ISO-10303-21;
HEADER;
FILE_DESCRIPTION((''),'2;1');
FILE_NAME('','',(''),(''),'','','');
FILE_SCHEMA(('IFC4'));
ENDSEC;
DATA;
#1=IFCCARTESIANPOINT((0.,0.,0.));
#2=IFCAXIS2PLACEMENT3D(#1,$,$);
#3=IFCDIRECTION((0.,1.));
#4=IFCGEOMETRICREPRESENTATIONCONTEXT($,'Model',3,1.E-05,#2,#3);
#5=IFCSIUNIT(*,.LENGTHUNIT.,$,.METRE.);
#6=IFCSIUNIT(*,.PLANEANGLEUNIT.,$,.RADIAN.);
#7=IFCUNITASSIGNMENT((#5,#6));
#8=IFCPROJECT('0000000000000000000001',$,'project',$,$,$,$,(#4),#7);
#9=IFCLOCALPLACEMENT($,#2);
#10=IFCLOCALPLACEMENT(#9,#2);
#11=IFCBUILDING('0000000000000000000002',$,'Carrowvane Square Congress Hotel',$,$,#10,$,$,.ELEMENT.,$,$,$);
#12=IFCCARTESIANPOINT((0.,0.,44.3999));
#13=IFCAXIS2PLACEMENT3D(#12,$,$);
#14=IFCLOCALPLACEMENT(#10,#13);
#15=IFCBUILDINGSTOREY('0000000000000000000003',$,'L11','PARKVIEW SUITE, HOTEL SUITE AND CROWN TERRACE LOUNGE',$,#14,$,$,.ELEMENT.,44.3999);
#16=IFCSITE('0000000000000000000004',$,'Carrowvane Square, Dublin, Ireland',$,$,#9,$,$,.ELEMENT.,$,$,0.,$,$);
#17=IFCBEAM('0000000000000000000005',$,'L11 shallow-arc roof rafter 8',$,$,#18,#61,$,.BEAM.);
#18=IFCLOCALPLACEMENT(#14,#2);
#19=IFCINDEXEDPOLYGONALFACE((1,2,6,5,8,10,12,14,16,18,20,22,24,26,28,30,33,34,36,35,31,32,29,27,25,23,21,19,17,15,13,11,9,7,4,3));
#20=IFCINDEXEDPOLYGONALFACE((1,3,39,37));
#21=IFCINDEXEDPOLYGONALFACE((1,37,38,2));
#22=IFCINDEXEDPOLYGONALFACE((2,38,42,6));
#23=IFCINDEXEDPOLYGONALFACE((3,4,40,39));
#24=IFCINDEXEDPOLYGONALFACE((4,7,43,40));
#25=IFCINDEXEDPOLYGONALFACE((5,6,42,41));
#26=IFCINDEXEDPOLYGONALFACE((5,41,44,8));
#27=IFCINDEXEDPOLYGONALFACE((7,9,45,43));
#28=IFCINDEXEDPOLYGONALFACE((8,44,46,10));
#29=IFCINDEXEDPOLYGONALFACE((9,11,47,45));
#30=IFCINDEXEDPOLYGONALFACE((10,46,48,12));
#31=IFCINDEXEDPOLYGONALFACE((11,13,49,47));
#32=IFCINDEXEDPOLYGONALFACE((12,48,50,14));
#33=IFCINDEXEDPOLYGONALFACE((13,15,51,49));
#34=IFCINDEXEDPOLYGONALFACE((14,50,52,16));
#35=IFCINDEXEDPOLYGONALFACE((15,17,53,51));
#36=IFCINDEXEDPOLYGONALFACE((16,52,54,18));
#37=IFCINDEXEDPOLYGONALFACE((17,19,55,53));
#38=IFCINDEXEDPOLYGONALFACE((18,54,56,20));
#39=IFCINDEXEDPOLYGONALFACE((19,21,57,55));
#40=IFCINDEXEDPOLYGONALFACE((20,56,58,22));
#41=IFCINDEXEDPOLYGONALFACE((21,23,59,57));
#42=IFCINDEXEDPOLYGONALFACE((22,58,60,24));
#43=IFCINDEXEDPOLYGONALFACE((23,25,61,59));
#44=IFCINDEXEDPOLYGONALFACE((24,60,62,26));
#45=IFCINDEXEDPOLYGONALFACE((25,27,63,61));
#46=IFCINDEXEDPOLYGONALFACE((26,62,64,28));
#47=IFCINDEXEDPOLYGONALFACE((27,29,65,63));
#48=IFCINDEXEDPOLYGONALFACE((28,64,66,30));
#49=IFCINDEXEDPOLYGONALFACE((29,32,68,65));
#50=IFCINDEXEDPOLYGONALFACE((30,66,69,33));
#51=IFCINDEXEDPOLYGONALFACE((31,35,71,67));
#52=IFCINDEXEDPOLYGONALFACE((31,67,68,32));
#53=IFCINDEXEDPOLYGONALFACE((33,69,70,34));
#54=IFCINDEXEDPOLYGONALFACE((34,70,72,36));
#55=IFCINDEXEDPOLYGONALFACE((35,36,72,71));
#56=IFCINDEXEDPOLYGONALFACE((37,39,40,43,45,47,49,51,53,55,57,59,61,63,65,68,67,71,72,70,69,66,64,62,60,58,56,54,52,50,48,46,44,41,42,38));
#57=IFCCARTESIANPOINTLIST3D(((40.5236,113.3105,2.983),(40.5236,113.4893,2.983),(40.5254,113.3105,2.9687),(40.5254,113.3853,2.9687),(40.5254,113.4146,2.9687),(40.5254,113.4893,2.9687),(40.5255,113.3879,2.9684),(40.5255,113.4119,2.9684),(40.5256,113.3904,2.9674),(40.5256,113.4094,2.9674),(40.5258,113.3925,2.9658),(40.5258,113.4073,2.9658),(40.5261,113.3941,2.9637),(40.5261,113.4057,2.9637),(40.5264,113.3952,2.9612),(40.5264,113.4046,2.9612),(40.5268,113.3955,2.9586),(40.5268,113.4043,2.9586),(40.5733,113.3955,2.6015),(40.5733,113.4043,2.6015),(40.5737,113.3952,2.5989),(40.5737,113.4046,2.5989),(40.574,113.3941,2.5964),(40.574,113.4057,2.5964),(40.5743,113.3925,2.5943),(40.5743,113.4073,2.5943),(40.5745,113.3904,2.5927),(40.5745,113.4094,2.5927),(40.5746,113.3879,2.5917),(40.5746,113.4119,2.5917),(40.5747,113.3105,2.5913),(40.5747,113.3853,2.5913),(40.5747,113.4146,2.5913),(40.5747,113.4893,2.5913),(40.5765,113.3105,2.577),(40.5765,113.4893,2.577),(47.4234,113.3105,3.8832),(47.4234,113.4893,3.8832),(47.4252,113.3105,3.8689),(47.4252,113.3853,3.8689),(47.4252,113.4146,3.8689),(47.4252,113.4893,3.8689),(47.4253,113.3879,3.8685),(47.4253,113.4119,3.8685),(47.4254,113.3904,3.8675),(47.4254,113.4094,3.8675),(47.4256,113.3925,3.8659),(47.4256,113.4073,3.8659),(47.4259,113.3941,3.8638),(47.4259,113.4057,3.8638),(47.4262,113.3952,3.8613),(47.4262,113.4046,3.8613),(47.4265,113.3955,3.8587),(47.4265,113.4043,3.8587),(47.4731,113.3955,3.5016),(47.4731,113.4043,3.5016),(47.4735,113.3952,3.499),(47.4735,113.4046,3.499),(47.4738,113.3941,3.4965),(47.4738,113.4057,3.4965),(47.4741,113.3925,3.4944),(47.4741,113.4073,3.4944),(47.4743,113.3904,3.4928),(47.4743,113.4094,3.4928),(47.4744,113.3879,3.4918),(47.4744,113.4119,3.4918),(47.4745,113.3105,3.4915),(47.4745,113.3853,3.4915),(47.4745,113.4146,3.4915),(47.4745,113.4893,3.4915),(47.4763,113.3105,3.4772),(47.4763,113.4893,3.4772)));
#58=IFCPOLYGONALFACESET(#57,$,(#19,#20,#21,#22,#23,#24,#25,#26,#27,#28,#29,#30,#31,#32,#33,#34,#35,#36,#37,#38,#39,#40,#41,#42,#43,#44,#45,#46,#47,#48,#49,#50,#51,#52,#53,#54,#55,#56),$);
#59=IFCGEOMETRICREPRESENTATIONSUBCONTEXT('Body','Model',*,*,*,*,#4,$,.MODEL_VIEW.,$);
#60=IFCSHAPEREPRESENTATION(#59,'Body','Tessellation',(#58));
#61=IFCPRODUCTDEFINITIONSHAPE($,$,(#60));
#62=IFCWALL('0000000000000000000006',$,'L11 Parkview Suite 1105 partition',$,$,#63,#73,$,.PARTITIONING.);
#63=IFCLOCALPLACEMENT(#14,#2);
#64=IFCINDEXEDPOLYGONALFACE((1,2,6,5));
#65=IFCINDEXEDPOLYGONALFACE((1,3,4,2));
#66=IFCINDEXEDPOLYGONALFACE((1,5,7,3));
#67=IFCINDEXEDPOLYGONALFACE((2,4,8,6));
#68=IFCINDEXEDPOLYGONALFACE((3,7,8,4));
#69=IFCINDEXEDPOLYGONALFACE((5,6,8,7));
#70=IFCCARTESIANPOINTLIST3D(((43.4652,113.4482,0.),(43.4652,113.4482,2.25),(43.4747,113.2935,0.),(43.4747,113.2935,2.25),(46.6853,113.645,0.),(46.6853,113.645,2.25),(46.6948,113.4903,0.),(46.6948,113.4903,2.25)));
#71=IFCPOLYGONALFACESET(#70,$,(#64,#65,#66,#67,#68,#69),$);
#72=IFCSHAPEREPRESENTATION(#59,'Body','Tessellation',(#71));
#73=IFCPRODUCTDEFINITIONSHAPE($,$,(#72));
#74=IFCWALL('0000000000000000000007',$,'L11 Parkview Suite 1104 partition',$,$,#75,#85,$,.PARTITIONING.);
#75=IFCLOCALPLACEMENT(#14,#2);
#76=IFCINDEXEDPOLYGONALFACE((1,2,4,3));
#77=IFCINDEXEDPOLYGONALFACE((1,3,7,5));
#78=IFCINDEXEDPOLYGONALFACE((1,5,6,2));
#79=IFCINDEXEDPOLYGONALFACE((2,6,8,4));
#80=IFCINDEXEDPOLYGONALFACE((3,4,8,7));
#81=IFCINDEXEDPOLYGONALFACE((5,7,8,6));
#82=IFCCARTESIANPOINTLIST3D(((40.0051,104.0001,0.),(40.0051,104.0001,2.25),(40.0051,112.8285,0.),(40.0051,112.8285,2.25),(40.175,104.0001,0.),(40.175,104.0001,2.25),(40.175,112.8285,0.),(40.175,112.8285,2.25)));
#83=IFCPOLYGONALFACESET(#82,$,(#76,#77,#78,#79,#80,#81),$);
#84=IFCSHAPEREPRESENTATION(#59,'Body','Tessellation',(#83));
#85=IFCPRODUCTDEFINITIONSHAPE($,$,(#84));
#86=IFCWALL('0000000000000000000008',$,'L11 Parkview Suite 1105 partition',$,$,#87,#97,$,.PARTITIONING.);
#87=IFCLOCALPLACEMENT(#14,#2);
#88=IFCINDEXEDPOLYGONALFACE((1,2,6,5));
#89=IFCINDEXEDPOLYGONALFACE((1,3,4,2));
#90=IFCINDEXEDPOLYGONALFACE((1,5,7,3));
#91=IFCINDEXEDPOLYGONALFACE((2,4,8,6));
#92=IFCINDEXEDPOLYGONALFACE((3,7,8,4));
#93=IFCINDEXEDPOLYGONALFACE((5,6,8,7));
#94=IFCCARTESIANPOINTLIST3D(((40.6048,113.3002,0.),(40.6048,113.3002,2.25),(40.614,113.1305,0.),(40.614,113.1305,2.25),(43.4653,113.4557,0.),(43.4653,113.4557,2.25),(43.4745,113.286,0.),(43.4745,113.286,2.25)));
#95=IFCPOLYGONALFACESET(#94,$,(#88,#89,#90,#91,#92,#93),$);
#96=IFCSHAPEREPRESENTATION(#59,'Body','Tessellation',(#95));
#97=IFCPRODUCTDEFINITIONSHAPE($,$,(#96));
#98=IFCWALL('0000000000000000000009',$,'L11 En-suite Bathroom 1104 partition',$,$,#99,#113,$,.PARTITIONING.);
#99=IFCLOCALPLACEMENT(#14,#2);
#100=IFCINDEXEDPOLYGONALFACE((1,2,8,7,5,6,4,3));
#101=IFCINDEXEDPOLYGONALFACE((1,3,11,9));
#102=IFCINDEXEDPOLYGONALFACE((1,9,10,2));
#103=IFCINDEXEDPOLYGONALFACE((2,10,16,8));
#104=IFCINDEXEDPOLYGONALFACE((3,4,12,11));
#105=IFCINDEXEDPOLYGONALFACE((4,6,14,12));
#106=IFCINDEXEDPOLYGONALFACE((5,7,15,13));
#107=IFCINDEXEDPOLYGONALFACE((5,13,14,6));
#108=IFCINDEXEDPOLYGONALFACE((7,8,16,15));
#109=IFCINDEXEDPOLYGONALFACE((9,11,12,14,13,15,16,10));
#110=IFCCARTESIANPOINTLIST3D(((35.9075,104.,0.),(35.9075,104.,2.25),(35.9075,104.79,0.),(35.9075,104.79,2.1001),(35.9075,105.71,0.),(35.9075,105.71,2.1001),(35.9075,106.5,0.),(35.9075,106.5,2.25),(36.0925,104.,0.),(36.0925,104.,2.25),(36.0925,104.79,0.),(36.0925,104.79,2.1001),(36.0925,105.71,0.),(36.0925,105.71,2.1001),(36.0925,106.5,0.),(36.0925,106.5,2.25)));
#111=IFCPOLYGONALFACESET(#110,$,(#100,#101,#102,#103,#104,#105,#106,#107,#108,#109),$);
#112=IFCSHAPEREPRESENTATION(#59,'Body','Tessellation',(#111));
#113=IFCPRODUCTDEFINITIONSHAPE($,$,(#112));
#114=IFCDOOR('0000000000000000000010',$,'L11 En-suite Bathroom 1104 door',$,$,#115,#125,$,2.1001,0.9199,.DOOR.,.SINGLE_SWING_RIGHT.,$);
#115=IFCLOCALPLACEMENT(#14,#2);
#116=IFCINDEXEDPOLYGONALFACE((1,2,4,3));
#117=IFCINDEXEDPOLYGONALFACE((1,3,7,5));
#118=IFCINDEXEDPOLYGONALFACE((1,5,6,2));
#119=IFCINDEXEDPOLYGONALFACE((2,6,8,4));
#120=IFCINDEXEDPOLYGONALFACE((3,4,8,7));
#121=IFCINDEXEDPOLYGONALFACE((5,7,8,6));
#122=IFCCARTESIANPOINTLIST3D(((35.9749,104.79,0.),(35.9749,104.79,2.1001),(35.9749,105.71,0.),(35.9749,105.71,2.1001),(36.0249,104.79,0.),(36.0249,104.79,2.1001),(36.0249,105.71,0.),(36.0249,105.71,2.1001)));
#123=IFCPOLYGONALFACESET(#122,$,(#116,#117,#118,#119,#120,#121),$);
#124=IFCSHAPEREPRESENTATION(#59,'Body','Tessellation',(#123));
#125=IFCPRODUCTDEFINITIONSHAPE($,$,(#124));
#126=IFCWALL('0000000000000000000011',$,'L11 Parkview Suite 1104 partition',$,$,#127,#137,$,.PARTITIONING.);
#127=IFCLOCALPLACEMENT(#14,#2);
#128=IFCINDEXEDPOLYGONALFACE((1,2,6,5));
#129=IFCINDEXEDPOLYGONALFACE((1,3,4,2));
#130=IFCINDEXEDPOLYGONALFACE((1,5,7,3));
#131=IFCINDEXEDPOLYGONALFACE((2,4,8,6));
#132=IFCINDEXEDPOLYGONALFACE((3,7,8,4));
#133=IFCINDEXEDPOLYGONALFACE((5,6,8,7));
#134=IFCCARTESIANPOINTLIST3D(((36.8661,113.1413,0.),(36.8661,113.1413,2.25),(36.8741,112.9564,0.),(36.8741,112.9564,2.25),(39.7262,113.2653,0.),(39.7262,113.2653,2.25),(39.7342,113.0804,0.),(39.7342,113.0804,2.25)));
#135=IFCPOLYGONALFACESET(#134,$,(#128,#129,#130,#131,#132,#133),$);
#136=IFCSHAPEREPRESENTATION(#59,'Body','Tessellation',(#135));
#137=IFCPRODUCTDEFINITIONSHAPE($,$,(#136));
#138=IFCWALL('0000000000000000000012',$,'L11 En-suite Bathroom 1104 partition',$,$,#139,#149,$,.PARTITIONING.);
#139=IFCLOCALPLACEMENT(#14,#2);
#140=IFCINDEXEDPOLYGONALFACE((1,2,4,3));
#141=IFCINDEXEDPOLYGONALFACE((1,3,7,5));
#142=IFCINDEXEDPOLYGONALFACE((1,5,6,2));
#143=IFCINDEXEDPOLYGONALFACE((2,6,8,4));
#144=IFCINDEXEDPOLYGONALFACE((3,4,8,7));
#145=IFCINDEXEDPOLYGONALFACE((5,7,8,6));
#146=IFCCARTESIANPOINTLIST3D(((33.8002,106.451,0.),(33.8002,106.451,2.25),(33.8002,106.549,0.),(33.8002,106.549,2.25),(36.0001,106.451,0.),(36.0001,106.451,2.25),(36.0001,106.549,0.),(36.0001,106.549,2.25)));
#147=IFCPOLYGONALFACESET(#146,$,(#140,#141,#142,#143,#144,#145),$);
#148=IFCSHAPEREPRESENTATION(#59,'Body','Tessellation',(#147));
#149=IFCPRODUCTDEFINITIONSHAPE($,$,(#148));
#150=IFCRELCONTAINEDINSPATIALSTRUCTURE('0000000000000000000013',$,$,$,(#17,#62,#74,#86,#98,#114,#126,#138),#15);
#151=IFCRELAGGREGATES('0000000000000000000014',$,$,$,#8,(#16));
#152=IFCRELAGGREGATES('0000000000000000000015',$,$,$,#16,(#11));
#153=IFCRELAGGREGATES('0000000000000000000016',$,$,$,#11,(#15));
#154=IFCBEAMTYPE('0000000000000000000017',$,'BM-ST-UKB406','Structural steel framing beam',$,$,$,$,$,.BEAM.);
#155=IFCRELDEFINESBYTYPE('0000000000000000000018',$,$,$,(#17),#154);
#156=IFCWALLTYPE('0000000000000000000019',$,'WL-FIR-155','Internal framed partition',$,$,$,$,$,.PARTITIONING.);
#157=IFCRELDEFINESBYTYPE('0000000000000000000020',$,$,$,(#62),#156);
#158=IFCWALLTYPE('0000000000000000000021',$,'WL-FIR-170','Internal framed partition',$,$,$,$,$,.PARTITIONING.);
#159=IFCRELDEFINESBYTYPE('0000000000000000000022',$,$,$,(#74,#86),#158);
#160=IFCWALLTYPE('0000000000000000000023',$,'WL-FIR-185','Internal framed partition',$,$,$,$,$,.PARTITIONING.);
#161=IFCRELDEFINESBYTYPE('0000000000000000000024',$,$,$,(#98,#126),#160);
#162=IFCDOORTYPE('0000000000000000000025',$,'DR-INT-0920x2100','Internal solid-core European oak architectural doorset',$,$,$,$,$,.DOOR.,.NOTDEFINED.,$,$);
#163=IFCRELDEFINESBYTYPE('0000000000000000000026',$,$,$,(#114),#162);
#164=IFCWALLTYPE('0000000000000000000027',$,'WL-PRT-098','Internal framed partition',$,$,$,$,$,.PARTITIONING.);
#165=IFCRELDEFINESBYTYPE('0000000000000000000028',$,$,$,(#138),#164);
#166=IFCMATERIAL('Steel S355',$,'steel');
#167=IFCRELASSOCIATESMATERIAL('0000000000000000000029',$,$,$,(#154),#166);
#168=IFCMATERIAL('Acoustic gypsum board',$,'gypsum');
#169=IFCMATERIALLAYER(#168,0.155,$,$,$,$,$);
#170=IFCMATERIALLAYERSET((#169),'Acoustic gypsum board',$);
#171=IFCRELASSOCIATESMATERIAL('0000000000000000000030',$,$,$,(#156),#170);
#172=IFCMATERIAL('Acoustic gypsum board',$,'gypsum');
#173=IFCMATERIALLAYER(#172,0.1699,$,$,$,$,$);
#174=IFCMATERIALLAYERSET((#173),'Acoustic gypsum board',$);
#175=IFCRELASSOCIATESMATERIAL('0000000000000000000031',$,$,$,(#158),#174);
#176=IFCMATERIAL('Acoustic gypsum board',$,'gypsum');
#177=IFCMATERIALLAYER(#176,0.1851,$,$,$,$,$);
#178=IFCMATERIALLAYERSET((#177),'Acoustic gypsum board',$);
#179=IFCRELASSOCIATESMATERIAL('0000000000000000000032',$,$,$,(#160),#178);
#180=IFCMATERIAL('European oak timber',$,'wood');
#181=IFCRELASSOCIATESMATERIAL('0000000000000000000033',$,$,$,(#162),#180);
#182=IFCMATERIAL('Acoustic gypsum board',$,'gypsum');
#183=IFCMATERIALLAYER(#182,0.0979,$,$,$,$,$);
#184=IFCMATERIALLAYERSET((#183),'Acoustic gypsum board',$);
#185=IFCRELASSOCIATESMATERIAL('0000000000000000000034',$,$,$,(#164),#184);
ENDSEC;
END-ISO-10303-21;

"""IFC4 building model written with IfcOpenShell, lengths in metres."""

from ifc_helpers import new_model, si_unit, direction, frame, frame_2d, origin, origin_2d, place, context, subcontext, project, spatial, rectangle, i_section, extrude, material, layer, layer_set, material_profile, profile_set, type_object, element, fill, save


model = new_model("IFC4")

# Units and contexts
model_context = context("Model", 3, precision=1e-05, world=origin(), true_north=direction((0.0, 1.0)))
body_context = subcontext(model_context, "Body", "Model", "MODEL_VIEW")
ifc_project = project(units=[si_unit("LENGTHUNIT", "METRE"), si_unit("PLANEANGLEUNIT", "RADIAN")], contexts=[model_context])

# Site, building, storey
site_placement = place(None, origin())
site = spatial("IfcSite", under=ifc_project, at=site_placement, Name="Carrowvane Square, Dublin, Ireland", CompositionType="ELEMENT", RefElevation=0.0)
building_placement = place(site_placement, origin())
building = spatial("IfcBuilding", under=site, at=building_placement, Name="Carrowvane Square Congress Hotel", CompositionType="ELEMENT")
storey_placement = place(building_placement, frame((0.0, 0.0, 44.3999)))
storey = spatial("IfcBuildingStorey", under=building, at=storey_placement, Name="L11", Description="PARKVIEW SUITE, HOTEL SUITE AND CROWN TERRACE LOUNGE", CompositionType="ELEMENT", Elevation=44.3999)

# Beam
ifc_material_1 = material(Name="Steel S355", Category="steel")
ifc_material_profile_1 = material_profile(ifc_material_1, i_section(OverallWidth=0.1787, OverallDepth=0.4094, WebThickness=0.0088, FlangeThickness=0.0144, FilletRadius=0.0103, at=origin_2d()), Name="UKB 406x178x67")
ifc_profile_set_1 = profile_set([ifc_material_profile_1], Name="Steel S355")
beam_type = type_object("IfcBeamType", Name="BM-ST-UKB406", Description="Structural steel framing beam", PredefinedType="BEAM", material=ifc_profile_set_1)
for number, where, z_axis, x_axis, name in (
    (1, (40.55, 113.3999, 2.78), (0.991597, 0.0, 0.129362), (0.0, 1.0, 0.0), "L11 shallow-arc roof rafter 8"),
):
    element("IfcBeam", number, at=place(storey_placement, frame(where, z_axis=z_axis, x_axis=x_axis)), inside=storey, type_object=beam_type, Name=name, PredefinedType="BEAM", context=body_context, shape_type="SweptSolid", body=[
        extrude(i_section(OverallWidth=0.1787, OverallDepth=0.4094, WebThickness=0.0088, FlangeThickness=0.0144, FilletRadius=0.0103, at=origin_2d()), origin(), (0.0, 0.0, 1.0), 6.9583),
    ])

# Walls
ifc_material_2 = material(Name="Acoustic gypsum board", Category="gypsum")
ifc_layer_1 = layer(ifc_material_2, 0.155)
ifc_layer_set_1 = layer_set([ifc_layer_1], Name="Acoustic gypsum board")
wall_type_1 = type_object("IfcWallType", Name="WL-FIR-155", Description="Internal framed partition", PredefinedType="PARTITIONING", material=ifc_layer_set_1)
wall_1_placement = place(storey_placement, frame((43.47, 113.3708, 0.0), z_axis=(0.0, 0.0, 1.0), x_axis=(0.998138, 0.060998, 0.0)))
element("IfcWall", 2, at=wall_1_placement, inside=storey, type_object=wall_type_1, Name="L11 Parkview Suite 1105 partition", PredefinedType="PARTITIONING", context=body_context, shape_type="SweptSolid", body=[
    extrude(rectangle(XDim=3.2261, YDim=0.155, at=frame_2d((1.613, 0.0))), origin(), (0.0, 0.0, 1.0), 2.25),
])
ifc_material_3 = material(Name="Acoustic gypsum board", Category="gypsum")
ifc_layer_2 = layer(ifc_material_3, 0.1699)
ifc_layer_set_2 = layer_set([ifc_layer_2], Name="Acoustic gypsum board")
wall_type_2 = type_object("IfcWallType", Name="WL-FIR-170", Description="Internal framed partition", PredefinedType="PARTITIONING", material=ifc_layer_set_2)
wall_2_placement = place(storey_placement, frame((40.0901, 112.8284, 0.0), z_axis=(0.0, 0.0, 1.0), x_axis=(0.0, -1.0, 0.0)))
element("IfcWall", 3, at=wall_2_placement, inside=storey, type_object=wall_type_2, Name="L11 Parkview Suite 1104 partition", PredefinedType="PARTITIONING", context=body_context, shape_type="SweptSolid", body=[
    extrude(rectangle(XDim=8.8284, YDim=0.1699, at=frame_2d((4.4141, 0.0))), origin(), (0.0, 0.0, 1.0), 2.25),
])
wall_3_placement = place(storey_placement, frame((40.6094, 113.2153, 0.0), z_axis=(0.0, 0.0, 1.0), x_axis=(0.998525, 0.054285, 0.0)))
element("IfcWall", 4, at=wall_3_placement, inside=storey, type_object=wall_type_2, Name="L11 Parkview Suite 1105 partition", PredefinedType="PARTITIONING", context=body_context, shape_type="SweptSolid", body=[
    extrude(rectangle(XDim=2.8647, YDim=0.1699, at=frame_2d((1.4324, 0.0))), origin(), (0.0, 0.0, 1.0), 2.25),
])

# Wall, opening, door
ifc_material_4 = material(Name="Acoustic gypsum board", Category="gypsum")
ifc_layer_3 = layer(ifc_material_4, 0.1851)
ifc_layer_set_3 = layer_set([ifc_layer_3], Name="Acoustic gypsum board")
wall_type_3 = type_object("IfcWallType", Name="WL-FIR-185", Description="Internal framed partition", PredefinedType="PARTITIONING", material=ifc_layer_set_3)
wall_4_placement = place(storey_placement, frame((36.0, 106.5, 0.0), z_axis=(0.0, 0.0, 1.0), x_axis=(0.0, -1.0, 0.0)))
wall_4 = element("IfcWall", 5, at=wall_4_placement, inside=storey, type_object=wall_type_3, Name="L11 En-suite Bathroom 1104 partition", PredefinedType="PARTITIONING", context=body_context, shape_type="SweptSolid", body=[
    extrude(rectangle(XDim=2.5, YDim=0.1851, at=frame_2d((1.25, 0.0))), origin(), (0.0, 0.0, 1.0), 2.25),
])
opening_1_placement = place(wall_4_placement, frame((0.79, 0.0, 0.0)))
opening_1 = element("IfcOpeningElement", 6, at=opening_1_placement, cuts=wall_4, PredefinedType="OPENING", context=body_context, shape_type="SweptSolid", body=[
    extrude(rectangle(XDim=0.9199, YDim=2.1001, at=frame_2d((0.46, 1.05))), frame((0.0, 0.1025, 0.0), z_axis=(0.0, -1.0, 0.0), x_axis=(1.0, 0.0, 0.0)), (0.0, 0.0, 1.0), 0.2051),
])
ifc_material_5 = material(Name="European oak timber", Category="wood")
door_type_1 = type_object("IfcDoorType", Name="DR-INT-0920x2100", Description="Internal solid-core European oak architectural doorset", OperationType="NOTDEFINED", PredefinedType="DOOR", material=ifc_material_5)
door_1_placement = place(opening_1_placement, origin())
door_1 = element("IfcDoor", 7, at=door_1_placement, inside=storey, type_object=door_type_1, Name="L11 En-suite Bathroom 1104 door", OperationType="SINGLE_SWING_RIGHT", OverallHeight=2.1001, OverallWidth=0.9199, PredefinedType="DOOR", context=body_context, shape_type="SweptSolid", body=[
    extrude(rectangle(XDim=0.9199, YDim=2.1001, at=frame_2d((0.46, 1.05))), frame((0.0, 0.0249, 0.0), z_axis=(0.0, -1.0, 0.0), x_axis=(1.0, 0.0, 0.0)), (0.0, 0.0, 1.0), 0.05),
])
fill(opening_1, door_1)

# Walls
wall_5_placement = place(storey_placement, frame((36.8701, 113.0488, 0.0), z_axis=(0.0, 0.0, 1.0), x_axis=(0.999061, 0.043322, 0.0)))
element("IfcWall", 8, at=wall_5_placement, inside=storey, type_object=wall_type_3, Name="L11 Parkview Suite 1104 partition", PredefinedType="PARTITIONING", context=body_context, shape_type="SweptSolid", body=[
    extrude(rectangle(XDim=2.8628, YDim=0.1851, at=frame_2d((1.4314, 0.0))), origin(), (0.0, 0.0, 1.0), 2.25),
])
ifc_material_6 = material(Name="Acoustic gypsum board", Category="gypsum")
ifc_layer_4 = layer(ifc_material_6, 0.0979)
ifc_layer_set_4 = layer_set([ifc_layer_4], Name="Acoustic gypsum board")
wall_type_4 = type_object("IfcWallType", Name="WL-PRT-098", Description="Internal framed partition", PredefinedType="PARTITIONING", material=ifc_layer_set_4)
wall_6_placement = place(storey_placement, frame((33.8, 106.5, 0.0), z_axis=(0.0, 0.0, 1.0), x_axis=(1.0, 0.0, 0.0)))
element("IfcWall", 9, at=wall_6_placement, inside=storey, type_object=wall_type_4, Name="L11 En-suite Bathroom 1104 partition", PredefinedType="PARTITIONING", context=body_context, shape_type="SweptSolid", body=[
    extrude(rectangle(XDim=2.2, YDim=0.0979, at=frame_2d((1.1001, 0.0))), origin(), (0.0, 0.0, 1.0), 2.25),
])

save(model, "model.ifc")
